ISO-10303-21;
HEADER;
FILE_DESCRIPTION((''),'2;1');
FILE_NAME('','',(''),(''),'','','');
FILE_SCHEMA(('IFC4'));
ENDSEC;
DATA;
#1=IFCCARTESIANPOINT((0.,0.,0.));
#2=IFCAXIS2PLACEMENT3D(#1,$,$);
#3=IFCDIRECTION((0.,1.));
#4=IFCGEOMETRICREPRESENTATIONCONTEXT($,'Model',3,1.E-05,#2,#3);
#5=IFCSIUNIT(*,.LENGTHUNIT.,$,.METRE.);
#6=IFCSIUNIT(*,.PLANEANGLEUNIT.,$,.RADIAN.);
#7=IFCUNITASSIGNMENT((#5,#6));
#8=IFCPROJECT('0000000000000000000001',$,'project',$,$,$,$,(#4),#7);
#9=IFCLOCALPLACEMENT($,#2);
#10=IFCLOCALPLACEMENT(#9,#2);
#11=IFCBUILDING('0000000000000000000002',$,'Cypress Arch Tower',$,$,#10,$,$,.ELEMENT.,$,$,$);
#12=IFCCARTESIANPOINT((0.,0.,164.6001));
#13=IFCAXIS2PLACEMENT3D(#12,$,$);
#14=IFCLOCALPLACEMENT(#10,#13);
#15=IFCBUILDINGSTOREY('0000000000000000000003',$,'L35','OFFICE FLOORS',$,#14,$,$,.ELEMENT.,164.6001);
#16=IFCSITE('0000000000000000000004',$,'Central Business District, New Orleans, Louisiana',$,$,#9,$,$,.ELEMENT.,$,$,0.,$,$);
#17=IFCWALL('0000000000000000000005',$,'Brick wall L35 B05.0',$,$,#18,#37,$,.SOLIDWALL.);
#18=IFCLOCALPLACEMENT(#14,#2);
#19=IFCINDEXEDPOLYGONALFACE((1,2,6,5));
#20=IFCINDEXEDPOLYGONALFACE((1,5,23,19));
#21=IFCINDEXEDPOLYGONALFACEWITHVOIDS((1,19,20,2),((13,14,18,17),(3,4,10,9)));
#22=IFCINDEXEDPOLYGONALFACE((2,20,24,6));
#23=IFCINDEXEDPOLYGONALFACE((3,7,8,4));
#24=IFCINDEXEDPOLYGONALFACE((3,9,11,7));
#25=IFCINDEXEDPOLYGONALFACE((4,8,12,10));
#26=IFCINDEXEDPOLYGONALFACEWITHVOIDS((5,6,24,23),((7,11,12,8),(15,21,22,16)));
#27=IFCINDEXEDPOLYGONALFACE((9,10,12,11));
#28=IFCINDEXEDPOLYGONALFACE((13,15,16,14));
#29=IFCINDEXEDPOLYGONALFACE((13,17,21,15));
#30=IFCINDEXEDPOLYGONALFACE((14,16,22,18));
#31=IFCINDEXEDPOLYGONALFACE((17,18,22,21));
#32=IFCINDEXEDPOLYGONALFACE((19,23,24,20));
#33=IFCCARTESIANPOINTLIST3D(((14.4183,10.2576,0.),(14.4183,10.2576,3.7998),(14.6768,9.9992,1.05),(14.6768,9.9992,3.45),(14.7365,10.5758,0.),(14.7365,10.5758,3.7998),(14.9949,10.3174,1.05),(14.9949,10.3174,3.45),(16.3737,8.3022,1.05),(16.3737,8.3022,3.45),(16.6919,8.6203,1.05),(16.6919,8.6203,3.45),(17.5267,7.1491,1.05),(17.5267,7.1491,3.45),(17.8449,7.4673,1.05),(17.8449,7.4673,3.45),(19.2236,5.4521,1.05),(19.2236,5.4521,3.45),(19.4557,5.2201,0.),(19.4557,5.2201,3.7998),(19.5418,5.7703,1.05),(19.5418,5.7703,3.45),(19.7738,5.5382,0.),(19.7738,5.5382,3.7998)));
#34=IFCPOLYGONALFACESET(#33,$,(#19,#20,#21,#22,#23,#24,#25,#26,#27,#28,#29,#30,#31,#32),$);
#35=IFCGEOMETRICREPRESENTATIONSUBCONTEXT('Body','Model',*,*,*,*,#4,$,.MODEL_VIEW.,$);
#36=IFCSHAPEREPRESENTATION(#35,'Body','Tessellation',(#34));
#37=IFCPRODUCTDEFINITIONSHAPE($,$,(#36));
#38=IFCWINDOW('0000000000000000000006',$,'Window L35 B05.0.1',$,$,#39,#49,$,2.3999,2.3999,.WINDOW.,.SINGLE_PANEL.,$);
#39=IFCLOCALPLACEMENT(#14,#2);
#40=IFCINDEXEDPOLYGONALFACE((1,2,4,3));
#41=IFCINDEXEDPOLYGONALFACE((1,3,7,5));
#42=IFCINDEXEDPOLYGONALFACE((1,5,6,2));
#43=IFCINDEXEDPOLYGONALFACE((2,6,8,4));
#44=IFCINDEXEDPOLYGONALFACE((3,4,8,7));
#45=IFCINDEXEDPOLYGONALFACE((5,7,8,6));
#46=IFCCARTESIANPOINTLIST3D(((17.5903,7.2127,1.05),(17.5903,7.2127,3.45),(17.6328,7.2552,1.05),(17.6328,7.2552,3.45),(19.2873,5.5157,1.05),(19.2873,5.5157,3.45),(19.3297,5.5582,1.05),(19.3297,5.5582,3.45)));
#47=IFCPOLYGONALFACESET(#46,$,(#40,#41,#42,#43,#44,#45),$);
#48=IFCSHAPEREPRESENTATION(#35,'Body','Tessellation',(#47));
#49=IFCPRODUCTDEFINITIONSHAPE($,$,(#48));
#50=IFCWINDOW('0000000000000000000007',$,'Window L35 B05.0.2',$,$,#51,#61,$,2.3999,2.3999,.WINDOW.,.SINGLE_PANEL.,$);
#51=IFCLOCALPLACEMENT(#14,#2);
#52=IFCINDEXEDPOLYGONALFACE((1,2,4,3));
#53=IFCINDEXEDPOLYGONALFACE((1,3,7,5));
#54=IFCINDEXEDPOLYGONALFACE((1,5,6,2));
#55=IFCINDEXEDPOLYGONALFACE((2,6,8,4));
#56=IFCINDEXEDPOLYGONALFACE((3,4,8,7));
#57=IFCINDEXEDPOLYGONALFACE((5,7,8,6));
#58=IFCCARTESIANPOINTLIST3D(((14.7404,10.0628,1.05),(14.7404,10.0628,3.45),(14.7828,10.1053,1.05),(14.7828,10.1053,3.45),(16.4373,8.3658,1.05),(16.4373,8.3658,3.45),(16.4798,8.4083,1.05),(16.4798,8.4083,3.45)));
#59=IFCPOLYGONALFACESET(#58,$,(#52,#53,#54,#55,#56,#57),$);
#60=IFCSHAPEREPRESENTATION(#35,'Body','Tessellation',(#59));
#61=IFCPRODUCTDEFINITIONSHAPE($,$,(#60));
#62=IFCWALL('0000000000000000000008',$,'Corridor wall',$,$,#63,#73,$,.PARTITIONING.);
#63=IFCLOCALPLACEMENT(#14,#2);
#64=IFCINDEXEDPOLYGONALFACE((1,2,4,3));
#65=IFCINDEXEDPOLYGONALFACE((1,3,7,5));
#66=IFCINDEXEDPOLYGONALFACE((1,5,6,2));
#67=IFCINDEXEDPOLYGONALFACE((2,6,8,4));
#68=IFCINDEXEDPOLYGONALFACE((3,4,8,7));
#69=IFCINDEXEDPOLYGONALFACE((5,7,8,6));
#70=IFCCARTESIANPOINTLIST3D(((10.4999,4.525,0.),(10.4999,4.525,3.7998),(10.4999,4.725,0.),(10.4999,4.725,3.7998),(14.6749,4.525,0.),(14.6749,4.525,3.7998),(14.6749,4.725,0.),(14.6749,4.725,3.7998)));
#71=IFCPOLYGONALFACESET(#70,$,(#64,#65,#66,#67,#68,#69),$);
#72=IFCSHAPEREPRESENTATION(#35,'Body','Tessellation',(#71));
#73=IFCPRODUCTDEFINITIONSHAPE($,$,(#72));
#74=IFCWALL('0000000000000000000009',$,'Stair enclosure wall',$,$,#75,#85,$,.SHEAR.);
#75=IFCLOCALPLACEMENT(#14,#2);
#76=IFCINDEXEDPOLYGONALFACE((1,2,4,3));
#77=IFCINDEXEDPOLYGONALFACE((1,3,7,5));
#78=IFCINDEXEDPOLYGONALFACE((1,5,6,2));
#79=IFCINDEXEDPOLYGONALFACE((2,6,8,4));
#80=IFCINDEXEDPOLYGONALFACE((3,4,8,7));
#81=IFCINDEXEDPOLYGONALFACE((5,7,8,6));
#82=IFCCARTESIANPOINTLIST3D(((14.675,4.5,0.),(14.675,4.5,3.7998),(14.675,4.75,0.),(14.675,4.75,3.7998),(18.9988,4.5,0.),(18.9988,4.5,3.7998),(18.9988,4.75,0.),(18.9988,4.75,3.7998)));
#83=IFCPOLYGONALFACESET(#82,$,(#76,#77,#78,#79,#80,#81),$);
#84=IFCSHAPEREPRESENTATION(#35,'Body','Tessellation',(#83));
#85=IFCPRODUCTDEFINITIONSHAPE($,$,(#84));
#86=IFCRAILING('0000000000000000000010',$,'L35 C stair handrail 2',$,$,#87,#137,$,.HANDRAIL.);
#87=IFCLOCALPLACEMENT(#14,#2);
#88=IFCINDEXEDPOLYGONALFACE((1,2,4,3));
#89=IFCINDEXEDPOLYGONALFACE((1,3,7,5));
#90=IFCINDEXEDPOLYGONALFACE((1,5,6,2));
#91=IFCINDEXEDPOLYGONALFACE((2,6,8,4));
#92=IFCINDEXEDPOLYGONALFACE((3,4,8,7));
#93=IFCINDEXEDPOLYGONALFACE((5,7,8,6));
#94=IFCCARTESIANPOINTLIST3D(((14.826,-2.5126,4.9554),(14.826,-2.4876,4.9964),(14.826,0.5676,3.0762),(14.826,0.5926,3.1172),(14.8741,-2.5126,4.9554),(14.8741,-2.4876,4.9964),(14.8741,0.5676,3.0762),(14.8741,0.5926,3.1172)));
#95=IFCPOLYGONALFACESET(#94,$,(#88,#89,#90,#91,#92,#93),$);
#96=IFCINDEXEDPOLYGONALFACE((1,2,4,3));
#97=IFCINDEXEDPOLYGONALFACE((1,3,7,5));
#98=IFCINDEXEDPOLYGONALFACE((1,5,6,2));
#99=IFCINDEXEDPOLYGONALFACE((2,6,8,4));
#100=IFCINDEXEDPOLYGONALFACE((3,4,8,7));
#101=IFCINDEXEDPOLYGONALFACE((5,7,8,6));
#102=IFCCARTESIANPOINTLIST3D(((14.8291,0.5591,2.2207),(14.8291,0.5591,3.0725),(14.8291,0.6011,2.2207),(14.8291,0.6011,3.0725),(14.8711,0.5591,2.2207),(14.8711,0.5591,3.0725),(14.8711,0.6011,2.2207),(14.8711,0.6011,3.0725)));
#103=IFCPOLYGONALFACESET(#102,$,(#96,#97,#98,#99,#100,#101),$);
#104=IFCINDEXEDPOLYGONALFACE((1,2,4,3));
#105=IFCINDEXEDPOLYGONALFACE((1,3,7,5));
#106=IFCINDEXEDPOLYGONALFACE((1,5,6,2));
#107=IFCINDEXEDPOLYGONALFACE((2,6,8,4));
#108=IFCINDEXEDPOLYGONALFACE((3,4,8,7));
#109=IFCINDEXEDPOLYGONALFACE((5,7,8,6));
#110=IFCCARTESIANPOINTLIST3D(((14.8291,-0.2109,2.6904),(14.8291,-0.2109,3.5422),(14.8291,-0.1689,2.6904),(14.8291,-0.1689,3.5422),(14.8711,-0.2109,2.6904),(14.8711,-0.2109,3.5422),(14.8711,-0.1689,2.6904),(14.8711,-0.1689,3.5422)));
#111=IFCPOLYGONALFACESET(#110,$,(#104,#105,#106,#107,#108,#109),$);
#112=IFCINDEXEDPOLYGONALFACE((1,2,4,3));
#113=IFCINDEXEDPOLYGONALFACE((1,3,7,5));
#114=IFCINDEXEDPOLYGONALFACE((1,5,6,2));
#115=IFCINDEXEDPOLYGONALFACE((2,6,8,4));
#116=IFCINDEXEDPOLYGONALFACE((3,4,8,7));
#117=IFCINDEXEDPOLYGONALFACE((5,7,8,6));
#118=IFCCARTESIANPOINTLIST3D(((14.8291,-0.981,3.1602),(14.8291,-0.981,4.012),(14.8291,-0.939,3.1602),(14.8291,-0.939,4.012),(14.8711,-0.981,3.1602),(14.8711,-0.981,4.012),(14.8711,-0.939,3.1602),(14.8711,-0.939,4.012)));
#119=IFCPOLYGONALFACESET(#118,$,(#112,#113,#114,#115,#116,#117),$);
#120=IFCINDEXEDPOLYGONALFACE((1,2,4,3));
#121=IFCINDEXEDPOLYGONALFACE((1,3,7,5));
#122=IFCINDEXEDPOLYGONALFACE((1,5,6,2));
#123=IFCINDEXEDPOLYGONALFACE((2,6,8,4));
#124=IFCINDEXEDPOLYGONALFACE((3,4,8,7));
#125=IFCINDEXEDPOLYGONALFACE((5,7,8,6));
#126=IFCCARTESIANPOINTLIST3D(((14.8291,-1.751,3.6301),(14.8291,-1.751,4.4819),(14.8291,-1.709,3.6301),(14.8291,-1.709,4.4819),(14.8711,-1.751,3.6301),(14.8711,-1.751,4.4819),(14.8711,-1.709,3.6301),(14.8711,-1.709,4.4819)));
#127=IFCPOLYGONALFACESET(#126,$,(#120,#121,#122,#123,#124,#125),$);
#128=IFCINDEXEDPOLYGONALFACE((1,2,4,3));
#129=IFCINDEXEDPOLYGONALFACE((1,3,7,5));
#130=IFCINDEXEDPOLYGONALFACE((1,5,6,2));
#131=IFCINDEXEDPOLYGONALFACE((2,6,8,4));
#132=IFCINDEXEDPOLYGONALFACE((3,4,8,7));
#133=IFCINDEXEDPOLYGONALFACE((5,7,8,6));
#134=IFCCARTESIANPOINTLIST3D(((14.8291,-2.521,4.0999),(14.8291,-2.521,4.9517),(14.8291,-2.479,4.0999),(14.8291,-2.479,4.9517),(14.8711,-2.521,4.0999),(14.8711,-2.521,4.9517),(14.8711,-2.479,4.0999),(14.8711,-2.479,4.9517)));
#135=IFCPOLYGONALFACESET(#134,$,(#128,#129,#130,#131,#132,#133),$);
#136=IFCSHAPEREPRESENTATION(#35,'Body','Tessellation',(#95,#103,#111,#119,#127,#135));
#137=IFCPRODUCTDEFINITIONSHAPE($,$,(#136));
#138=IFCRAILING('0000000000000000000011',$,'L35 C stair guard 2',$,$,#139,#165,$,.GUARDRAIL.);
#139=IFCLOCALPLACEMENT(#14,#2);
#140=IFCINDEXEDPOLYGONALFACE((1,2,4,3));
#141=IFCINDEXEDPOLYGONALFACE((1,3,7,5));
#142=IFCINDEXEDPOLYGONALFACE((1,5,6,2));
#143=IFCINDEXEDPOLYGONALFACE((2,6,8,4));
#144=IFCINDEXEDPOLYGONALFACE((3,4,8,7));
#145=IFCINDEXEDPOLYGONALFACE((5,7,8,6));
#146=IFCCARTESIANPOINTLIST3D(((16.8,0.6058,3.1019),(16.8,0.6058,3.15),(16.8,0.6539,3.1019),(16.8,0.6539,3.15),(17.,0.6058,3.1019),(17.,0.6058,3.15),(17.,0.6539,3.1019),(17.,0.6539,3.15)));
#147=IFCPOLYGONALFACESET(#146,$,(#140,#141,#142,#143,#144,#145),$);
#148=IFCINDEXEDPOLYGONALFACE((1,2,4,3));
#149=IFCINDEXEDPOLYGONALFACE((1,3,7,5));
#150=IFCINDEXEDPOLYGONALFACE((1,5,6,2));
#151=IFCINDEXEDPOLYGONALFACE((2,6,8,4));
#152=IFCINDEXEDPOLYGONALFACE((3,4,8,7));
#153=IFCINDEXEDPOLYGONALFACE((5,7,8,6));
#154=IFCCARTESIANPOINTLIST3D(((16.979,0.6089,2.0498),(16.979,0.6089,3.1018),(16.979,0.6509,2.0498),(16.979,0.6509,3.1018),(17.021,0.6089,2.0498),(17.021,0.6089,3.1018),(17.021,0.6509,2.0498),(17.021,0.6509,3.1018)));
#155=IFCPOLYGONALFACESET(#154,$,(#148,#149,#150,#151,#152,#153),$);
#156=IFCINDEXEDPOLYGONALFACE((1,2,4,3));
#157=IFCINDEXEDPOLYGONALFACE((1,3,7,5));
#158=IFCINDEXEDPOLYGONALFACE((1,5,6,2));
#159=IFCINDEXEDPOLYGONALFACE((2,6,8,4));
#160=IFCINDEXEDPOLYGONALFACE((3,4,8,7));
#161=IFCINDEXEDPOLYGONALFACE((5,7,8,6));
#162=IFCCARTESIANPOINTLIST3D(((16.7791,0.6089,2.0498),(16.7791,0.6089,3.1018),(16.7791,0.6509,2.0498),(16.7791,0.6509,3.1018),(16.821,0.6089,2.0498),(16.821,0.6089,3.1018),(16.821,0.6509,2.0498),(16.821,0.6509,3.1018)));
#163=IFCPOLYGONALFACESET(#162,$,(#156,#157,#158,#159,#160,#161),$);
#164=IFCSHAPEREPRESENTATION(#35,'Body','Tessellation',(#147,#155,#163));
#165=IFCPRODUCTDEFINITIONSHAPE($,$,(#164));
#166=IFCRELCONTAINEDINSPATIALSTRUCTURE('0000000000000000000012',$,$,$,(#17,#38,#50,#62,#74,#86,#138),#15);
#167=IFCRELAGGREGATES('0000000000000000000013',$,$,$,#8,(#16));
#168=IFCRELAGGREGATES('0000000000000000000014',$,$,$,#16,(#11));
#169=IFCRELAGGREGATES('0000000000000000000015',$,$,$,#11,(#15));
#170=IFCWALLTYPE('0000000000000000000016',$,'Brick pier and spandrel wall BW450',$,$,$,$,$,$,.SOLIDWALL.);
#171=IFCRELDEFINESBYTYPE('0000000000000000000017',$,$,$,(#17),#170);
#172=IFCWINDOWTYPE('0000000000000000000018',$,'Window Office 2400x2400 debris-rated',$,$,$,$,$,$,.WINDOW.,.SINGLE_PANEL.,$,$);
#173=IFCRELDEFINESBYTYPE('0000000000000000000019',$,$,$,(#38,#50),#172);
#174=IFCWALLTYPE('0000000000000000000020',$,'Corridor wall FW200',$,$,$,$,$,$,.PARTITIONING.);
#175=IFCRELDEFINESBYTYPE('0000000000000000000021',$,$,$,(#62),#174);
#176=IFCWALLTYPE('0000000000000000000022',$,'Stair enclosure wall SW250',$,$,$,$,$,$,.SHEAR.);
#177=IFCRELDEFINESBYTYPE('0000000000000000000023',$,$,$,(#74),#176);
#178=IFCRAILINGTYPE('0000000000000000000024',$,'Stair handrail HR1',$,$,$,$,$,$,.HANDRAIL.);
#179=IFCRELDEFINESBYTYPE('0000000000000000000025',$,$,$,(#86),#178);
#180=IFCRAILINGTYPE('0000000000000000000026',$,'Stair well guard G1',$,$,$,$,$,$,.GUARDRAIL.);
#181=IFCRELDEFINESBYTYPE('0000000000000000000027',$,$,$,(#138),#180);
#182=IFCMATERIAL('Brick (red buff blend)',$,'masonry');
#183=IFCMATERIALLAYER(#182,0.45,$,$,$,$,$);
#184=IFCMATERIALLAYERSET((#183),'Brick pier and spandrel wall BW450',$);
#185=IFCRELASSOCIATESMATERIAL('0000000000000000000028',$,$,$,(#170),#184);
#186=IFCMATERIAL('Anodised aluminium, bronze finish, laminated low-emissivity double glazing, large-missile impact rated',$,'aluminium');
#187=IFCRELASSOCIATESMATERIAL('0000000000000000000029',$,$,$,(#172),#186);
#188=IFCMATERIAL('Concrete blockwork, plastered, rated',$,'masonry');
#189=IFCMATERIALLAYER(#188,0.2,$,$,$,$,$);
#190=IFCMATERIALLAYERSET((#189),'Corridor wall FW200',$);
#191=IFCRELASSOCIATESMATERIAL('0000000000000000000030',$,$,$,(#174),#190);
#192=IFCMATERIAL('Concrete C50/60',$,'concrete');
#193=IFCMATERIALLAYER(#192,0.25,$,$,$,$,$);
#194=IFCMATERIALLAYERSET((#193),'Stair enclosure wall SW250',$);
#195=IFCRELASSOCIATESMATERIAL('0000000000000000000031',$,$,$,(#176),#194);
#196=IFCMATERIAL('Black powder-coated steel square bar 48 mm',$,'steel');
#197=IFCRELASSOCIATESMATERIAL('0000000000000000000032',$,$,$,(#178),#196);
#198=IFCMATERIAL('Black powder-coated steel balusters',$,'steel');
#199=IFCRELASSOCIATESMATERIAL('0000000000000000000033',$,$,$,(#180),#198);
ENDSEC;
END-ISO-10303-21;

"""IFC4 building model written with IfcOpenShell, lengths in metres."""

from ifc_helpers import new_model, si_unit, direction, frame, frame_2d, origin, origin_2d, place, context, subcontext, project, spatial, rectangle, extrude, material, layer, layer_set, type_object, element, fill, save


model = new_model("IFC4")

# Units and contexts
model_context = context("Model", 3, precision=1e-05, world=origin(), true_north=direction((0.0, 1.0)))
body_context = subcontext(model_context, "Body", "Model", "MODEL_VIEW")
ifc_project = project(units=[si_unit("LENGTHUNIT", "METRE"), si_unit("PLANEANGLEUNIT", "RADIAN")], contexts=[model_context])

# Site, building, storey
site_placement = place(None, origin())
site = spatial("IfcSite", under=ifc_project, at=site_placement, Name="Central Business District, New Orleans, Louisiana", CompositionType="ELEMENT", RefElevation=0.0)
building_placement = place(site_placement, origin())
building = spatial("IfcBuilding", under=site, at=building_placement, Name="Cypress Arch Tower", CompositionType="ELEMENT")
storey_placement = place(building_placement, frame((0.0, 0.0, 164.6001)))
storey = spatial("IfcBuildingStorey", under=building, at=storey_placement, Name="L35", Description="OFFICE FLOORS", CompositionType="ELEMENT", Elevation=164.6001)

# Wall, openings, windows
ifc_material_1 = material(Name="Brick (red buff blend)", Category="masonry")
ifc_layer_1 = layer(ifc_material_1, 0.45)
ifc_layer_set_1 = layer_set([ifc_layer_1], Name="Brick pier and spandrel wall BW450")
wall_type_1 = type_object("IfcWallType", Name="Brick pier and spandrel wall BW450", PredefinedType="SOLIDWALL", material=ifc_layer_set_1)
wall_1_placement = place(storey_placement, frame((19.6147, 5.3792, 0.0), z_axis=(0.0, 0.0, 1.0), x_axis=(-0.70709, 0.707124, 0.0)))
wall_1 = element("IfcWall", 1, at=wall_1_placement, inside=storey, type_object=wall_type_1, Name="Brick wall L35 B05.0", PredefinedType="SOLIDWALL", context=body_context, shape_type="SweptSolid", body=[
    extrude(rectangle(XDim=7.124, YDim=0.45, at=frame_2d((3.562, 0.0))), origin(), (0.0, 0.0, 1.0), 3.7998),
])
opening_1_placement = place(wall_1_placement, frame((0.3281, 0.0, 1.05)))
opening_1 = element("IfcOpeningElement", 2, at=opening_1_placement, cuts=wall_1, PredefinedType="OPENING", context=body_context, shape_type="SweptSolid", body=[
    extrude(rectangle(XDim=2.3999, YDim=2.3999, at=frame_2d((1.2, 1.2))), frame((0.0, 0.2349, 0.0), z_axis=(0.0, -1.0, 0.0), x_axis=(1.0, 0.0, 0.0)), (0.0, 0.0, 1.0), 0.47),
])
opening_2_placement = place(wall_1_placement, frame((4.3586, 0.0, 1.05)))
opening_2 = element("IfcOpeningElement", 3, at=opening_2_placement, cuts=wall_1, PredefinedType="OPENING", context=body_context, shape_type="SweptSolid", body=[
    extrude(rectangle(XDim=2.3999, YDim=2.3999, at=frame_2d((1.2, 1.2))), frame((0.0, 0.2349, 0.0), z_axis=(0.0, -1.0, 0.0), x_axis=(1.0, 0.0, 0.0)), (0.0, 0.0, 1.0), 0.47),
])
ifc_material_2 = material(Name="Anodised aluminium, bronze finish, laminated low-emissivity double glazing, large-missile impact rated", Category="aluminium")
window_type = type_object("IfcWindowType", Name="Window Office 2400x2400 debris-rated", PartitioningType="SINGLE_PANEL", PredefinedType="WINDOW", material=ifc_material_2)
window_1_placement = place(opening_1_placement, origin())
window_1 = element("IfcWindow", 4, at=window_1_placement, inside=storey, type_object=window_type, Name="Window L35 B05.0.1", OverallHeight=2.3999, OverallWidth=2.3999, PartitioningType="SINGLE_PANEL", PredefinedType="WINDOW", context=body_context, shape_type="SweptSolid", body=[
    extrude(rectangle(XDim=2.3999, YDim=2.3999, at=frame_2d((1.2, 1.2))), frame((0.0, 0.135, 0.0), z_axis=(0.0, -1.0, 0.0), x_axis=(1.0, 0.0, 0.0)), (0.0, 0.0, 1.0), 0.0601),
])
fill(opening_1, window_1)
window_2_placement = place(opening_2_placement, origin())
window_2 = element("IfcWindow", 5, at=window_2_placement, inside=storey, type_object=window_type, Name="Window L35 B05.0.2", OverallHeight=2.3999, OverallWidth=2.3999, PartitioningType="SINGLE_PANEL", PredefinedType="WINDOW", context=body_context, shape_type="SweptSolid", body=[
    extrude(rectangle(XDim=2.3999, YDim=2.3999, at=frame_2d((1.2, 1.2))), frame((0.0, 0.135, 0.0), z_axis=(0.0, -1.0, 0.0), x_axis=(1.0, 0.0, 0.0)), (0.0, 0.0, 1.0), 0.0601),
])
fill(opening_2, window_2)

# Walls
ifc_material_3 = material(Name="Concrete blockwork, plastered, rated", Category="masonry")
ifc_layer_2 = layer(ifc_material_3, 0.2)
ifc_layer_set_2 = layer_set([ifc_layer_2], Name="Corridor wall FW200")
wall_type_2 = type_object("IfcWallType", Name="Corridor wall FW200", PredefinedType="PARTITIONING", material=ifc_layer_set_2)
wall_2_placement = place(storey_placement, frame((10.5, 4.625, 0.0), z_axis=(0.0, 0.0, 1.0), x_axis=(1.0, 0.0, 0.0)))
element("IfcWall", 6, at=wall_2_placement, inside=storey, type_object=wall_type_2, Name="Corridor wall", PredefinedType="PARTITIONING", context=body_context, shape_type="SweptSolid", body=[
    extrude(rectangle(XDim=4.175, YDim=0.2, at=frame_2d((2.0874, 0.0))), origin(), (0.0, 0.0, 1.0), 3.7998),
])
ifc_material_4 = material(Name="Concrete C50/60", Category="concrete")
ifc_layer_3 = layer(ifc_material_4, 0.25)
ifc_layer_set_3 = layer_set([ifc_layer_3], Name="Stair enclosure wall SW250")
wall_type_3 = type_object("IfcWallType", Name="Stair enclosure wall SW250", PredefinedType="SHEAR", material=ifc_layer_set_3)
wall_3_placement = place(storey_placement, frame((14.675, 4.625, 0.0), z_axis=(0.0, 0.0, 1.0), x_axis=(1.0, 0.0, 0.0)))
element("IfcWall", 7, at=wall_3_placement, inside=storey, type_object=wall_type_3, Name="Stair enclosure wall", PredefinedType="SHEAR", context=body_context, shape_type="SweptSolid", body=[
    extrude(rectangle(XDim=4.3237, YDim=0.25, at=frame_2d((2.1619, 0.0))), origin(), (0.0, 0.0, 1.0), 3.7998),
])

# Railings
ifc_material_5 = material(Name="Black powder-coated steel square bar 48 mm", Category="steel")
railing_type_1 = type_object("IfcRailingType", Name="Stair handrail HR1", PredefinedType="HANDRAIL", material=ifc_material_5)
railing_1_placement = place(storey_placement, frame((14.8501, 0.5801, 2.2207)))
element("IfcRailing", 8, at=railing_1_placement, inside=storey, type_object=railing_type_1, Name="L35 C stair handrail 2", PredefinedType="HANDRAIL", context=body_context, shape_type="SweptSolid", body=[
    extrude(rectangle(XDim=0.0481, YDim=0.0481, at=origin_2d()), frame((0.0, 0.0, 0.876), z_axis=(0.0, -0.853666, 0.52082), x_axis=(1.0, 0.0, 0.0)), (0.0, 0.0, 1.0), 3.6082),
    extrude(rectangle(XDim=0.042, YDim=0.042, at=origin_2d()), origin(), (0.0, 0.0, 1.0), 0.8518),
    extrude(rectangle(XDim=0.042, YDim=0.042, at=origin_2d()), frame((0.0, -0.77, 0.4697)), (0.0, 0.0, 1.0), 0.8518),
    extrude(rectangle(XDim=0.042, YDim=0.042, at=origin_2d()), frame((0.0, -1.54, 0.9395)), (0.0, 0.0, 1.0), 0.8518),
    extrude(rectangle(XDim=0.042, YDim=0.042, at=origin_2d()), frame((0.0, -2.3101, 1.4094)), (0.0, 0.0, 1.0), 0.8518),
    extrude(rectangle(XDim=0.042, YDim=0.042, at=origin_2d()), frame((0.0, -3.0801, 1.8792)), (0.0, 0.0, 1.0), 0.8518),
])
ifc_material_6 = material(Name="Black powder-coated steel balusters", Category="steel")
railing_type_2 = type_object("IfcRailingType", Name="Stair well guard G1", PredefinedType="GUARDRAIL", material=ifc_material_6)
railing_2_placement = place(storey_placement, frame((17.0, 0.6299, 2.0498)))
element("IfcRailing", 9, at=railing_2_placement, inside=storey, type_object=railing_type_2, Name="L35 C stair guard 2", PredefinedType="GUARDRAIL", context=body_context, shape_type="SweptSolid", body=[
    extrude(rectangle(XDim=0.0481, YDim=0.0481, at=origin_2d()), frame((0.0, 0.0, 1.0762), z_axis=(-1.0, 0.0, 0.0), x_axis=(0.0, -1.0, 0.0)), (0.0, 0.0, 1.0), 0.2),
    extrude(rectangle(XDim=0.042, YDim=0.042, at=origin_2d()), origin(), (0.0, 0.0, 1.0), 1.052),
    extrude(rectangle(XDim=0.042, YDim=0.042, at=origin_2d()), frame((-0.2, 0.0, 0.0)), (0.0, 0.0, 1.0), 1.052),
])

save(model, "model.ifc")
